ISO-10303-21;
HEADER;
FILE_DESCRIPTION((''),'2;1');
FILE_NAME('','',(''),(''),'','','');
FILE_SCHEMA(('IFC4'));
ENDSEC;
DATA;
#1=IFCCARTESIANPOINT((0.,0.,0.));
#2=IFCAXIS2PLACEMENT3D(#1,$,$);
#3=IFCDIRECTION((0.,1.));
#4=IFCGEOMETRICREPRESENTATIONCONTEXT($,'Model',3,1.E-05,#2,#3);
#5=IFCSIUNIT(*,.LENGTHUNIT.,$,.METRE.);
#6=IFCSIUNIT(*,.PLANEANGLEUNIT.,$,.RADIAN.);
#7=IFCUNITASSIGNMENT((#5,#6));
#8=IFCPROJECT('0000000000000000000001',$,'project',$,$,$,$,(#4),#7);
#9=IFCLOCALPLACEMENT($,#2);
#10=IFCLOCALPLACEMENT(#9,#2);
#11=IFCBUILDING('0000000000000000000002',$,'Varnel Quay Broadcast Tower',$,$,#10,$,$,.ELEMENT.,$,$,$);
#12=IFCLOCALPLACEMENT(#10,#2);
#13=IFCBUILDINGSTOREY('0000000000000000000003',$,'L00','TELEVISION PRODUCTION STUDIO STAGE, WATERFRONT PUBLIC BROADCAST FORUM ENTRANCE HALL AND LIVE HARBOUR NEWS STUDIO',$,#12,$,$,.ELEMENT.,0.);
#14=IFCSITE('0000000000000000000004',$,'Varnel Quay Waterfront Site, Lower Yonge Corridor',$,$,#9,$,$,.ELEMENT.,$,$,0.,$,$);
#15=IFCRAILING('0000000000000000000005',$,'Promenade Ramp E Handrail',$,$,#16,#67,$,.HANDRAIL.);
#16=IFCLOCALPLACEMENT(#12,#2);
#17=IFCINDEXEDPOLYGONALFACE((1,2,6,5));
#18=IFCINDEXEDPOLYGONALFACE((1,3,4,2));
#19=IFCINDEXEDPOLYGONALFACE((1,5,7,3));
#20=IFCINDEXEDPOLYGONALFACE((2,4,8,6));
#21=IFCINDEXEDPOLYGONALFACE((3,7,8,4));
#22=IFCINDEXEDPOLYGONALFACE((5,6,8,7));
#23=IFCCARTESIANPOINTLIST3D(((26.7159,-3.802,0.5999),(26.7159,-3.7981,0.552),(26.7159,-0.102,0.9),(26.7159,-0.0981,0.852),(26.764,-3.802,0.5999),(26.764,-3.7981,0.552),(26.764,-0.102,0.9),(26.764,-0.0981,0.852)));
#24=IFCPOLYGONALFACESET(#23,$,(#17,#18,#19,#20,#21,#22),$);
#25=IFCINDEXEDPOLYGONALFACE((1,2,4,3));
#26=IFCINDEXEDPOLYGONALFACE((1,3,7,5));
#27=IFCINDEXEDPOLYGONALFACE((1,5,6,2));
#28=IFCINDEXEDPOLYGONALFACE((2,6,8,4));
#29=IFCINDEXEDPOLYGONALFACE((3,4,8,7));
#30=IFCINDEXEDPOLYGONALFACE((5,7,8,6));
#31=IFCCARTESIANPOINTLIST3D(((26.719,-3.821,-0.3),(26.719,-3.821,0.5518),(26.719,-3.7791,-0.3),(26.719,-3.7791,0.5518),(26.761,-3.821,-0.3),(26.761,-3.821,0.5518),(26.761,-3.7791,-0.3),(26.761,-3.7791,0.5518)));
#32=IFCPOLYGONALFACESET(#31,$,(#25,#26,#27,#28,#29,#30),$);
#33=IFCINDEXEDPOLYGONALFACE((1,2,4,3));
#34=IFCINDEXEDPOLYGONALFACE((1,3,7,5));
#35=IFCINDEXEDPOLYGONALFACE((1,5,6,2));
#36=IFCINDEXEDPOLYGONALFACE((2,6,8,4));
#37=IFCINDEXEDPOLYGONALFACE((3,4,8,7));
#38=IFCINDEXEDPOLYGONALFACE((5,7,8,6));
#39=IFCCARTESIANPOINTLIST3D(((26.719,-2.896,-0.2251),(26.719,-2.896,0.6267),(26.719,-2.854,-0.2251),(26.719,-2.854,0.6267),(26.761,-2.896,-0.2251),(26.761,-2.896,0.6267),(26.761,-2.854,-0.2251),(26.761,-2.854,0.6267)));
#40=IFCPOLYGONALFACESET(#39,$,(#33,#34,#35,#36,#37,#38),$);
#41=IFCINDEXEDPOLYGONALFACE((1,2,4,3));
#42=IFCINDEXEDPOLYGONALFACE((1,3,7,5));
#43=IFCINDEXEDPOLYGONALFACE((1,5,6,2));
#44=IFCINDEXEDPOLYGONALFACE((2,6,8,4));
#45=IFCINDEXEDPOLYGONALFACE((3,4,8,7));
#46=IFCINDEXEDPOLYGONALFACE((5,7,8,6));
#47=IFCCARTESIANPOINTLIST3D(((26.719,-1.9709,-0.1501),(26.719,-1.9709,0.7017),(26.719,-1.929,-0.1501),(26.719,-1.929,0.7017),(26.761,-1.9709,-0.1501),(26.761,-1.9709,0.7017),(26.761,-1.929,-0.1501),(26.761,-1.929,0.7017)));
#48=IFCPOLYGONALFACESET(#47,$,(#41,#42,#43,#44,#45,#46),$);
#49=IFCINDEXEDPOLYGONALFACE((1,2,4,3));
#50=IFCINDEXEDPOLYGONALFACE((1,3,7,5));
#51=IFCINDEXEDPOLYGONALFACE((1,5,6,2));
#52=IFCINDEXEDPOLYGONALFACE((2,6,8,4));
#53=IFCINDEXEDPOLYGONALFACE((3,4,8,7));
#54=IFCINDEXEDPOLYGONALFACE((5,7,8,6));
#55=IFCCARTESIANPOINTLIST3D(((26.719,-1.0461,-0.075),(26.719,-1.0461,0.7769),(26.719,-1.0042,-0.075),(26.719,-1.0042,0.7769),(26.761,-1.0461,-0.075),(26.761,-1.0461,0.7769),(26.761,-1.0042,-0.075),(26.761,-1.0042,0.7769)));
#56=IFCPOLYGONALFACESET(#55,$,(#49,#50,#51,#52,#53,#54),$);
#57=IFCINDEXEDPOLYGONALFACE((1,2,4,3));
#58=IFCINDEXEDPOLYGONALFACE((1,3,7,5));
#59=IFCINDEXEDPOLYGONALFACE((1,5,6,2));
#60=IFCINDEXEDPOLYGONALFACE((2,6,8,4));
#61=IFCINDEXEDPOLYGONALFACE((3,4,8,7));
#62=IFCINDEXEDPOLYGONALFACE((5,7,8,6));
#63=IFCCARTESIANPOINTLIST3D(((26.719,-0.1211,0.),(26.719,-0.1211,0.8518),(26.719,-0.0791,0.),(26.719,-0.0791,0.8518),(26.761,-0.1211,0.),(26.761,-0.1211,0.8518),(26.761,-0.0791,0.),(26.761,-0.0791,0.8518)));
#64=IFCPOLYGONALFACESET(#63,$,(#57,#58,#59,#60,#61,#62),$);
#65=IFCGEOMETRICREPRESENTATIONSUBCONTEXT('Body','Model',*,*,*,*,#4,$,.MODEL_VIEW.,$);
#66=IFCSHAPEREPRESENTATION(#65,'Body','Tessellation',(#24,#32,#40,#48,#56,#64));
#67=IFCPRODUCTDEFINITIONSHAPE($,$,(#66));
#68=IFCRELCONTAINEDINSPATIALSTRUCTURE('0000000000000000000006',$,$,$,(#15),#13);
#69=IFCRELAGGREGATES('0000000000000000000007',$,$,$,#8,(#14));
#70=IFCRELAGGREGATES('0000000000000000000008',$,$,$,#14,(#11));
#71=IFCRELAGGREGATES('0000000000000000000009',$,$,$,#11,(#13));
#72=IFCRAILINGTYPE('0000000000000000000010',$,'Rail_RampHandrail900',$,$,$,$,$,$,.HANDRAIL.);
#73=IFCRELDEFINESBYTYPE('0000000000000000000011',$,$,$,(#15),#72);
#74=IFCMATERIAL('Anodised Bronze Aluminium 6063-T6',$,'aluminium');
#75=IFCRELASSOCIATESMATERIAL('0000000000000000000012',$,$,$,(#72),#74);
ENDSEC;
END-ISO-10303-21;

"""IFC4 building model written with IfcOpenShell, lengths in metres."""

from ifc_helpers import new_model, si_unit, direction, frame, origin, origin_2d, place, context, subcontext, project, spatial, rectangle, extrude, material, type_object, element, save


model = new_model("IFC4")

# Units and contexts
model_context = context("Model", 3, precision=1e-05, world=origin(), true_north=direction((0.0, 1.0)))
body_context = subcontext(model_context, "Body", "Model", "MODEL_VIEW")
ifc_project = project(units=[si_unit("LENGTHUNIT", "METRE"), si_unit("PLANEANGLEUNIT", "RADIAN")], contexts=[model_context])

# Site, building, storey
site_placement = place(None, origin())
site = spatial("IfcSite", under=ifc_project, at=site_placement, Name="Varnel Quay Waterfront Site, Lower Yonge Corridor", CompositionType="ELEMENT", RefElevation=0.0)
building_placement = place(site_placement, origin())
building = spatial("IfcBuilding", under=site, at=building_placement, Name="Varnel Quay Broadcast Tower", CompositionType="ELEMENT")
storey_placement = place(building_placement, origin())
storey = spatial("IfcBuildingStorey", under=building, at=storey_placement, Name="L00", Description="TELEVISION PRODUCTION STUDIO STAGE, WATERFRONT PUBLIC BROADCAST FORUM ENTRANCE HALL AND LIVE HARBOUR NEWS STUDIO", CompositionType="ELEMENT", Elevation=0.0)

# Shared definitions
ifc_material_1 = material(Name="Anodised Bronze Aluminium 6063-T6", Category="aluminium")

# Railing
railing_type_1 = type_object("IfcRailingType", Name="Rail_RampHandrail900", PredefinedType="HANDRAIL", material=ifc_material_1)
railing_1_placement = place(storey_placement, frame((26.74, -3.8, -0.3)))
element("IfcRailing", 1, at=railing_1_placement, inside=storey, type_object=railing_type_1, Name="Promenade Ramp E Handrail", PredefinedType="HANDRAIL", context=body_context, shape_type="SweptSolid", body=[
    extrude(rectangle(XDim=0.0481, YDim=0.0481, at=origin_2d()), frame((0.0, 0.0, 0.876), z_axis=(0.0, 0.996728, 0.08083), x_axis=(-1.0, 0.0, 0.0)), (0.0, 0.0, 1.0), 3.7122),
    extrude(rectangle(XDim=0.042, YDim=0.042, at=origin_2d()), origin(), (0.0, 0.0, 1.0), 0.8518),
    extrude(rectangle(XDim=0.042, YDim=0.042, at=origin_2d()), frame((0.0, 0.925, 0.075)), (0.0, 0.0, 1.0), 0.8518),
    extrude(rectangle(XDim=0.042, YDim=0.042, at=origin_2d()), frame((0.0, 1.8501, 0.1499)), (0.0, 0.0, 1.0), 0.8518),
    extrude(rectangle(XDim=0.042, YDim=0.042, at=origin_2d()), frame((0.0, 2.7749, 0.2251)), (0.0, 0.0, 1.0), 0.8518),
    extrude(rectangle(XDim=0.042, YDim=0.042, at=origin_2d()), frame((0.0, 3.7, 0.3)), (0.0, 0.0, 1.0), 0.8518),
])

save(model, "model.ifc")
